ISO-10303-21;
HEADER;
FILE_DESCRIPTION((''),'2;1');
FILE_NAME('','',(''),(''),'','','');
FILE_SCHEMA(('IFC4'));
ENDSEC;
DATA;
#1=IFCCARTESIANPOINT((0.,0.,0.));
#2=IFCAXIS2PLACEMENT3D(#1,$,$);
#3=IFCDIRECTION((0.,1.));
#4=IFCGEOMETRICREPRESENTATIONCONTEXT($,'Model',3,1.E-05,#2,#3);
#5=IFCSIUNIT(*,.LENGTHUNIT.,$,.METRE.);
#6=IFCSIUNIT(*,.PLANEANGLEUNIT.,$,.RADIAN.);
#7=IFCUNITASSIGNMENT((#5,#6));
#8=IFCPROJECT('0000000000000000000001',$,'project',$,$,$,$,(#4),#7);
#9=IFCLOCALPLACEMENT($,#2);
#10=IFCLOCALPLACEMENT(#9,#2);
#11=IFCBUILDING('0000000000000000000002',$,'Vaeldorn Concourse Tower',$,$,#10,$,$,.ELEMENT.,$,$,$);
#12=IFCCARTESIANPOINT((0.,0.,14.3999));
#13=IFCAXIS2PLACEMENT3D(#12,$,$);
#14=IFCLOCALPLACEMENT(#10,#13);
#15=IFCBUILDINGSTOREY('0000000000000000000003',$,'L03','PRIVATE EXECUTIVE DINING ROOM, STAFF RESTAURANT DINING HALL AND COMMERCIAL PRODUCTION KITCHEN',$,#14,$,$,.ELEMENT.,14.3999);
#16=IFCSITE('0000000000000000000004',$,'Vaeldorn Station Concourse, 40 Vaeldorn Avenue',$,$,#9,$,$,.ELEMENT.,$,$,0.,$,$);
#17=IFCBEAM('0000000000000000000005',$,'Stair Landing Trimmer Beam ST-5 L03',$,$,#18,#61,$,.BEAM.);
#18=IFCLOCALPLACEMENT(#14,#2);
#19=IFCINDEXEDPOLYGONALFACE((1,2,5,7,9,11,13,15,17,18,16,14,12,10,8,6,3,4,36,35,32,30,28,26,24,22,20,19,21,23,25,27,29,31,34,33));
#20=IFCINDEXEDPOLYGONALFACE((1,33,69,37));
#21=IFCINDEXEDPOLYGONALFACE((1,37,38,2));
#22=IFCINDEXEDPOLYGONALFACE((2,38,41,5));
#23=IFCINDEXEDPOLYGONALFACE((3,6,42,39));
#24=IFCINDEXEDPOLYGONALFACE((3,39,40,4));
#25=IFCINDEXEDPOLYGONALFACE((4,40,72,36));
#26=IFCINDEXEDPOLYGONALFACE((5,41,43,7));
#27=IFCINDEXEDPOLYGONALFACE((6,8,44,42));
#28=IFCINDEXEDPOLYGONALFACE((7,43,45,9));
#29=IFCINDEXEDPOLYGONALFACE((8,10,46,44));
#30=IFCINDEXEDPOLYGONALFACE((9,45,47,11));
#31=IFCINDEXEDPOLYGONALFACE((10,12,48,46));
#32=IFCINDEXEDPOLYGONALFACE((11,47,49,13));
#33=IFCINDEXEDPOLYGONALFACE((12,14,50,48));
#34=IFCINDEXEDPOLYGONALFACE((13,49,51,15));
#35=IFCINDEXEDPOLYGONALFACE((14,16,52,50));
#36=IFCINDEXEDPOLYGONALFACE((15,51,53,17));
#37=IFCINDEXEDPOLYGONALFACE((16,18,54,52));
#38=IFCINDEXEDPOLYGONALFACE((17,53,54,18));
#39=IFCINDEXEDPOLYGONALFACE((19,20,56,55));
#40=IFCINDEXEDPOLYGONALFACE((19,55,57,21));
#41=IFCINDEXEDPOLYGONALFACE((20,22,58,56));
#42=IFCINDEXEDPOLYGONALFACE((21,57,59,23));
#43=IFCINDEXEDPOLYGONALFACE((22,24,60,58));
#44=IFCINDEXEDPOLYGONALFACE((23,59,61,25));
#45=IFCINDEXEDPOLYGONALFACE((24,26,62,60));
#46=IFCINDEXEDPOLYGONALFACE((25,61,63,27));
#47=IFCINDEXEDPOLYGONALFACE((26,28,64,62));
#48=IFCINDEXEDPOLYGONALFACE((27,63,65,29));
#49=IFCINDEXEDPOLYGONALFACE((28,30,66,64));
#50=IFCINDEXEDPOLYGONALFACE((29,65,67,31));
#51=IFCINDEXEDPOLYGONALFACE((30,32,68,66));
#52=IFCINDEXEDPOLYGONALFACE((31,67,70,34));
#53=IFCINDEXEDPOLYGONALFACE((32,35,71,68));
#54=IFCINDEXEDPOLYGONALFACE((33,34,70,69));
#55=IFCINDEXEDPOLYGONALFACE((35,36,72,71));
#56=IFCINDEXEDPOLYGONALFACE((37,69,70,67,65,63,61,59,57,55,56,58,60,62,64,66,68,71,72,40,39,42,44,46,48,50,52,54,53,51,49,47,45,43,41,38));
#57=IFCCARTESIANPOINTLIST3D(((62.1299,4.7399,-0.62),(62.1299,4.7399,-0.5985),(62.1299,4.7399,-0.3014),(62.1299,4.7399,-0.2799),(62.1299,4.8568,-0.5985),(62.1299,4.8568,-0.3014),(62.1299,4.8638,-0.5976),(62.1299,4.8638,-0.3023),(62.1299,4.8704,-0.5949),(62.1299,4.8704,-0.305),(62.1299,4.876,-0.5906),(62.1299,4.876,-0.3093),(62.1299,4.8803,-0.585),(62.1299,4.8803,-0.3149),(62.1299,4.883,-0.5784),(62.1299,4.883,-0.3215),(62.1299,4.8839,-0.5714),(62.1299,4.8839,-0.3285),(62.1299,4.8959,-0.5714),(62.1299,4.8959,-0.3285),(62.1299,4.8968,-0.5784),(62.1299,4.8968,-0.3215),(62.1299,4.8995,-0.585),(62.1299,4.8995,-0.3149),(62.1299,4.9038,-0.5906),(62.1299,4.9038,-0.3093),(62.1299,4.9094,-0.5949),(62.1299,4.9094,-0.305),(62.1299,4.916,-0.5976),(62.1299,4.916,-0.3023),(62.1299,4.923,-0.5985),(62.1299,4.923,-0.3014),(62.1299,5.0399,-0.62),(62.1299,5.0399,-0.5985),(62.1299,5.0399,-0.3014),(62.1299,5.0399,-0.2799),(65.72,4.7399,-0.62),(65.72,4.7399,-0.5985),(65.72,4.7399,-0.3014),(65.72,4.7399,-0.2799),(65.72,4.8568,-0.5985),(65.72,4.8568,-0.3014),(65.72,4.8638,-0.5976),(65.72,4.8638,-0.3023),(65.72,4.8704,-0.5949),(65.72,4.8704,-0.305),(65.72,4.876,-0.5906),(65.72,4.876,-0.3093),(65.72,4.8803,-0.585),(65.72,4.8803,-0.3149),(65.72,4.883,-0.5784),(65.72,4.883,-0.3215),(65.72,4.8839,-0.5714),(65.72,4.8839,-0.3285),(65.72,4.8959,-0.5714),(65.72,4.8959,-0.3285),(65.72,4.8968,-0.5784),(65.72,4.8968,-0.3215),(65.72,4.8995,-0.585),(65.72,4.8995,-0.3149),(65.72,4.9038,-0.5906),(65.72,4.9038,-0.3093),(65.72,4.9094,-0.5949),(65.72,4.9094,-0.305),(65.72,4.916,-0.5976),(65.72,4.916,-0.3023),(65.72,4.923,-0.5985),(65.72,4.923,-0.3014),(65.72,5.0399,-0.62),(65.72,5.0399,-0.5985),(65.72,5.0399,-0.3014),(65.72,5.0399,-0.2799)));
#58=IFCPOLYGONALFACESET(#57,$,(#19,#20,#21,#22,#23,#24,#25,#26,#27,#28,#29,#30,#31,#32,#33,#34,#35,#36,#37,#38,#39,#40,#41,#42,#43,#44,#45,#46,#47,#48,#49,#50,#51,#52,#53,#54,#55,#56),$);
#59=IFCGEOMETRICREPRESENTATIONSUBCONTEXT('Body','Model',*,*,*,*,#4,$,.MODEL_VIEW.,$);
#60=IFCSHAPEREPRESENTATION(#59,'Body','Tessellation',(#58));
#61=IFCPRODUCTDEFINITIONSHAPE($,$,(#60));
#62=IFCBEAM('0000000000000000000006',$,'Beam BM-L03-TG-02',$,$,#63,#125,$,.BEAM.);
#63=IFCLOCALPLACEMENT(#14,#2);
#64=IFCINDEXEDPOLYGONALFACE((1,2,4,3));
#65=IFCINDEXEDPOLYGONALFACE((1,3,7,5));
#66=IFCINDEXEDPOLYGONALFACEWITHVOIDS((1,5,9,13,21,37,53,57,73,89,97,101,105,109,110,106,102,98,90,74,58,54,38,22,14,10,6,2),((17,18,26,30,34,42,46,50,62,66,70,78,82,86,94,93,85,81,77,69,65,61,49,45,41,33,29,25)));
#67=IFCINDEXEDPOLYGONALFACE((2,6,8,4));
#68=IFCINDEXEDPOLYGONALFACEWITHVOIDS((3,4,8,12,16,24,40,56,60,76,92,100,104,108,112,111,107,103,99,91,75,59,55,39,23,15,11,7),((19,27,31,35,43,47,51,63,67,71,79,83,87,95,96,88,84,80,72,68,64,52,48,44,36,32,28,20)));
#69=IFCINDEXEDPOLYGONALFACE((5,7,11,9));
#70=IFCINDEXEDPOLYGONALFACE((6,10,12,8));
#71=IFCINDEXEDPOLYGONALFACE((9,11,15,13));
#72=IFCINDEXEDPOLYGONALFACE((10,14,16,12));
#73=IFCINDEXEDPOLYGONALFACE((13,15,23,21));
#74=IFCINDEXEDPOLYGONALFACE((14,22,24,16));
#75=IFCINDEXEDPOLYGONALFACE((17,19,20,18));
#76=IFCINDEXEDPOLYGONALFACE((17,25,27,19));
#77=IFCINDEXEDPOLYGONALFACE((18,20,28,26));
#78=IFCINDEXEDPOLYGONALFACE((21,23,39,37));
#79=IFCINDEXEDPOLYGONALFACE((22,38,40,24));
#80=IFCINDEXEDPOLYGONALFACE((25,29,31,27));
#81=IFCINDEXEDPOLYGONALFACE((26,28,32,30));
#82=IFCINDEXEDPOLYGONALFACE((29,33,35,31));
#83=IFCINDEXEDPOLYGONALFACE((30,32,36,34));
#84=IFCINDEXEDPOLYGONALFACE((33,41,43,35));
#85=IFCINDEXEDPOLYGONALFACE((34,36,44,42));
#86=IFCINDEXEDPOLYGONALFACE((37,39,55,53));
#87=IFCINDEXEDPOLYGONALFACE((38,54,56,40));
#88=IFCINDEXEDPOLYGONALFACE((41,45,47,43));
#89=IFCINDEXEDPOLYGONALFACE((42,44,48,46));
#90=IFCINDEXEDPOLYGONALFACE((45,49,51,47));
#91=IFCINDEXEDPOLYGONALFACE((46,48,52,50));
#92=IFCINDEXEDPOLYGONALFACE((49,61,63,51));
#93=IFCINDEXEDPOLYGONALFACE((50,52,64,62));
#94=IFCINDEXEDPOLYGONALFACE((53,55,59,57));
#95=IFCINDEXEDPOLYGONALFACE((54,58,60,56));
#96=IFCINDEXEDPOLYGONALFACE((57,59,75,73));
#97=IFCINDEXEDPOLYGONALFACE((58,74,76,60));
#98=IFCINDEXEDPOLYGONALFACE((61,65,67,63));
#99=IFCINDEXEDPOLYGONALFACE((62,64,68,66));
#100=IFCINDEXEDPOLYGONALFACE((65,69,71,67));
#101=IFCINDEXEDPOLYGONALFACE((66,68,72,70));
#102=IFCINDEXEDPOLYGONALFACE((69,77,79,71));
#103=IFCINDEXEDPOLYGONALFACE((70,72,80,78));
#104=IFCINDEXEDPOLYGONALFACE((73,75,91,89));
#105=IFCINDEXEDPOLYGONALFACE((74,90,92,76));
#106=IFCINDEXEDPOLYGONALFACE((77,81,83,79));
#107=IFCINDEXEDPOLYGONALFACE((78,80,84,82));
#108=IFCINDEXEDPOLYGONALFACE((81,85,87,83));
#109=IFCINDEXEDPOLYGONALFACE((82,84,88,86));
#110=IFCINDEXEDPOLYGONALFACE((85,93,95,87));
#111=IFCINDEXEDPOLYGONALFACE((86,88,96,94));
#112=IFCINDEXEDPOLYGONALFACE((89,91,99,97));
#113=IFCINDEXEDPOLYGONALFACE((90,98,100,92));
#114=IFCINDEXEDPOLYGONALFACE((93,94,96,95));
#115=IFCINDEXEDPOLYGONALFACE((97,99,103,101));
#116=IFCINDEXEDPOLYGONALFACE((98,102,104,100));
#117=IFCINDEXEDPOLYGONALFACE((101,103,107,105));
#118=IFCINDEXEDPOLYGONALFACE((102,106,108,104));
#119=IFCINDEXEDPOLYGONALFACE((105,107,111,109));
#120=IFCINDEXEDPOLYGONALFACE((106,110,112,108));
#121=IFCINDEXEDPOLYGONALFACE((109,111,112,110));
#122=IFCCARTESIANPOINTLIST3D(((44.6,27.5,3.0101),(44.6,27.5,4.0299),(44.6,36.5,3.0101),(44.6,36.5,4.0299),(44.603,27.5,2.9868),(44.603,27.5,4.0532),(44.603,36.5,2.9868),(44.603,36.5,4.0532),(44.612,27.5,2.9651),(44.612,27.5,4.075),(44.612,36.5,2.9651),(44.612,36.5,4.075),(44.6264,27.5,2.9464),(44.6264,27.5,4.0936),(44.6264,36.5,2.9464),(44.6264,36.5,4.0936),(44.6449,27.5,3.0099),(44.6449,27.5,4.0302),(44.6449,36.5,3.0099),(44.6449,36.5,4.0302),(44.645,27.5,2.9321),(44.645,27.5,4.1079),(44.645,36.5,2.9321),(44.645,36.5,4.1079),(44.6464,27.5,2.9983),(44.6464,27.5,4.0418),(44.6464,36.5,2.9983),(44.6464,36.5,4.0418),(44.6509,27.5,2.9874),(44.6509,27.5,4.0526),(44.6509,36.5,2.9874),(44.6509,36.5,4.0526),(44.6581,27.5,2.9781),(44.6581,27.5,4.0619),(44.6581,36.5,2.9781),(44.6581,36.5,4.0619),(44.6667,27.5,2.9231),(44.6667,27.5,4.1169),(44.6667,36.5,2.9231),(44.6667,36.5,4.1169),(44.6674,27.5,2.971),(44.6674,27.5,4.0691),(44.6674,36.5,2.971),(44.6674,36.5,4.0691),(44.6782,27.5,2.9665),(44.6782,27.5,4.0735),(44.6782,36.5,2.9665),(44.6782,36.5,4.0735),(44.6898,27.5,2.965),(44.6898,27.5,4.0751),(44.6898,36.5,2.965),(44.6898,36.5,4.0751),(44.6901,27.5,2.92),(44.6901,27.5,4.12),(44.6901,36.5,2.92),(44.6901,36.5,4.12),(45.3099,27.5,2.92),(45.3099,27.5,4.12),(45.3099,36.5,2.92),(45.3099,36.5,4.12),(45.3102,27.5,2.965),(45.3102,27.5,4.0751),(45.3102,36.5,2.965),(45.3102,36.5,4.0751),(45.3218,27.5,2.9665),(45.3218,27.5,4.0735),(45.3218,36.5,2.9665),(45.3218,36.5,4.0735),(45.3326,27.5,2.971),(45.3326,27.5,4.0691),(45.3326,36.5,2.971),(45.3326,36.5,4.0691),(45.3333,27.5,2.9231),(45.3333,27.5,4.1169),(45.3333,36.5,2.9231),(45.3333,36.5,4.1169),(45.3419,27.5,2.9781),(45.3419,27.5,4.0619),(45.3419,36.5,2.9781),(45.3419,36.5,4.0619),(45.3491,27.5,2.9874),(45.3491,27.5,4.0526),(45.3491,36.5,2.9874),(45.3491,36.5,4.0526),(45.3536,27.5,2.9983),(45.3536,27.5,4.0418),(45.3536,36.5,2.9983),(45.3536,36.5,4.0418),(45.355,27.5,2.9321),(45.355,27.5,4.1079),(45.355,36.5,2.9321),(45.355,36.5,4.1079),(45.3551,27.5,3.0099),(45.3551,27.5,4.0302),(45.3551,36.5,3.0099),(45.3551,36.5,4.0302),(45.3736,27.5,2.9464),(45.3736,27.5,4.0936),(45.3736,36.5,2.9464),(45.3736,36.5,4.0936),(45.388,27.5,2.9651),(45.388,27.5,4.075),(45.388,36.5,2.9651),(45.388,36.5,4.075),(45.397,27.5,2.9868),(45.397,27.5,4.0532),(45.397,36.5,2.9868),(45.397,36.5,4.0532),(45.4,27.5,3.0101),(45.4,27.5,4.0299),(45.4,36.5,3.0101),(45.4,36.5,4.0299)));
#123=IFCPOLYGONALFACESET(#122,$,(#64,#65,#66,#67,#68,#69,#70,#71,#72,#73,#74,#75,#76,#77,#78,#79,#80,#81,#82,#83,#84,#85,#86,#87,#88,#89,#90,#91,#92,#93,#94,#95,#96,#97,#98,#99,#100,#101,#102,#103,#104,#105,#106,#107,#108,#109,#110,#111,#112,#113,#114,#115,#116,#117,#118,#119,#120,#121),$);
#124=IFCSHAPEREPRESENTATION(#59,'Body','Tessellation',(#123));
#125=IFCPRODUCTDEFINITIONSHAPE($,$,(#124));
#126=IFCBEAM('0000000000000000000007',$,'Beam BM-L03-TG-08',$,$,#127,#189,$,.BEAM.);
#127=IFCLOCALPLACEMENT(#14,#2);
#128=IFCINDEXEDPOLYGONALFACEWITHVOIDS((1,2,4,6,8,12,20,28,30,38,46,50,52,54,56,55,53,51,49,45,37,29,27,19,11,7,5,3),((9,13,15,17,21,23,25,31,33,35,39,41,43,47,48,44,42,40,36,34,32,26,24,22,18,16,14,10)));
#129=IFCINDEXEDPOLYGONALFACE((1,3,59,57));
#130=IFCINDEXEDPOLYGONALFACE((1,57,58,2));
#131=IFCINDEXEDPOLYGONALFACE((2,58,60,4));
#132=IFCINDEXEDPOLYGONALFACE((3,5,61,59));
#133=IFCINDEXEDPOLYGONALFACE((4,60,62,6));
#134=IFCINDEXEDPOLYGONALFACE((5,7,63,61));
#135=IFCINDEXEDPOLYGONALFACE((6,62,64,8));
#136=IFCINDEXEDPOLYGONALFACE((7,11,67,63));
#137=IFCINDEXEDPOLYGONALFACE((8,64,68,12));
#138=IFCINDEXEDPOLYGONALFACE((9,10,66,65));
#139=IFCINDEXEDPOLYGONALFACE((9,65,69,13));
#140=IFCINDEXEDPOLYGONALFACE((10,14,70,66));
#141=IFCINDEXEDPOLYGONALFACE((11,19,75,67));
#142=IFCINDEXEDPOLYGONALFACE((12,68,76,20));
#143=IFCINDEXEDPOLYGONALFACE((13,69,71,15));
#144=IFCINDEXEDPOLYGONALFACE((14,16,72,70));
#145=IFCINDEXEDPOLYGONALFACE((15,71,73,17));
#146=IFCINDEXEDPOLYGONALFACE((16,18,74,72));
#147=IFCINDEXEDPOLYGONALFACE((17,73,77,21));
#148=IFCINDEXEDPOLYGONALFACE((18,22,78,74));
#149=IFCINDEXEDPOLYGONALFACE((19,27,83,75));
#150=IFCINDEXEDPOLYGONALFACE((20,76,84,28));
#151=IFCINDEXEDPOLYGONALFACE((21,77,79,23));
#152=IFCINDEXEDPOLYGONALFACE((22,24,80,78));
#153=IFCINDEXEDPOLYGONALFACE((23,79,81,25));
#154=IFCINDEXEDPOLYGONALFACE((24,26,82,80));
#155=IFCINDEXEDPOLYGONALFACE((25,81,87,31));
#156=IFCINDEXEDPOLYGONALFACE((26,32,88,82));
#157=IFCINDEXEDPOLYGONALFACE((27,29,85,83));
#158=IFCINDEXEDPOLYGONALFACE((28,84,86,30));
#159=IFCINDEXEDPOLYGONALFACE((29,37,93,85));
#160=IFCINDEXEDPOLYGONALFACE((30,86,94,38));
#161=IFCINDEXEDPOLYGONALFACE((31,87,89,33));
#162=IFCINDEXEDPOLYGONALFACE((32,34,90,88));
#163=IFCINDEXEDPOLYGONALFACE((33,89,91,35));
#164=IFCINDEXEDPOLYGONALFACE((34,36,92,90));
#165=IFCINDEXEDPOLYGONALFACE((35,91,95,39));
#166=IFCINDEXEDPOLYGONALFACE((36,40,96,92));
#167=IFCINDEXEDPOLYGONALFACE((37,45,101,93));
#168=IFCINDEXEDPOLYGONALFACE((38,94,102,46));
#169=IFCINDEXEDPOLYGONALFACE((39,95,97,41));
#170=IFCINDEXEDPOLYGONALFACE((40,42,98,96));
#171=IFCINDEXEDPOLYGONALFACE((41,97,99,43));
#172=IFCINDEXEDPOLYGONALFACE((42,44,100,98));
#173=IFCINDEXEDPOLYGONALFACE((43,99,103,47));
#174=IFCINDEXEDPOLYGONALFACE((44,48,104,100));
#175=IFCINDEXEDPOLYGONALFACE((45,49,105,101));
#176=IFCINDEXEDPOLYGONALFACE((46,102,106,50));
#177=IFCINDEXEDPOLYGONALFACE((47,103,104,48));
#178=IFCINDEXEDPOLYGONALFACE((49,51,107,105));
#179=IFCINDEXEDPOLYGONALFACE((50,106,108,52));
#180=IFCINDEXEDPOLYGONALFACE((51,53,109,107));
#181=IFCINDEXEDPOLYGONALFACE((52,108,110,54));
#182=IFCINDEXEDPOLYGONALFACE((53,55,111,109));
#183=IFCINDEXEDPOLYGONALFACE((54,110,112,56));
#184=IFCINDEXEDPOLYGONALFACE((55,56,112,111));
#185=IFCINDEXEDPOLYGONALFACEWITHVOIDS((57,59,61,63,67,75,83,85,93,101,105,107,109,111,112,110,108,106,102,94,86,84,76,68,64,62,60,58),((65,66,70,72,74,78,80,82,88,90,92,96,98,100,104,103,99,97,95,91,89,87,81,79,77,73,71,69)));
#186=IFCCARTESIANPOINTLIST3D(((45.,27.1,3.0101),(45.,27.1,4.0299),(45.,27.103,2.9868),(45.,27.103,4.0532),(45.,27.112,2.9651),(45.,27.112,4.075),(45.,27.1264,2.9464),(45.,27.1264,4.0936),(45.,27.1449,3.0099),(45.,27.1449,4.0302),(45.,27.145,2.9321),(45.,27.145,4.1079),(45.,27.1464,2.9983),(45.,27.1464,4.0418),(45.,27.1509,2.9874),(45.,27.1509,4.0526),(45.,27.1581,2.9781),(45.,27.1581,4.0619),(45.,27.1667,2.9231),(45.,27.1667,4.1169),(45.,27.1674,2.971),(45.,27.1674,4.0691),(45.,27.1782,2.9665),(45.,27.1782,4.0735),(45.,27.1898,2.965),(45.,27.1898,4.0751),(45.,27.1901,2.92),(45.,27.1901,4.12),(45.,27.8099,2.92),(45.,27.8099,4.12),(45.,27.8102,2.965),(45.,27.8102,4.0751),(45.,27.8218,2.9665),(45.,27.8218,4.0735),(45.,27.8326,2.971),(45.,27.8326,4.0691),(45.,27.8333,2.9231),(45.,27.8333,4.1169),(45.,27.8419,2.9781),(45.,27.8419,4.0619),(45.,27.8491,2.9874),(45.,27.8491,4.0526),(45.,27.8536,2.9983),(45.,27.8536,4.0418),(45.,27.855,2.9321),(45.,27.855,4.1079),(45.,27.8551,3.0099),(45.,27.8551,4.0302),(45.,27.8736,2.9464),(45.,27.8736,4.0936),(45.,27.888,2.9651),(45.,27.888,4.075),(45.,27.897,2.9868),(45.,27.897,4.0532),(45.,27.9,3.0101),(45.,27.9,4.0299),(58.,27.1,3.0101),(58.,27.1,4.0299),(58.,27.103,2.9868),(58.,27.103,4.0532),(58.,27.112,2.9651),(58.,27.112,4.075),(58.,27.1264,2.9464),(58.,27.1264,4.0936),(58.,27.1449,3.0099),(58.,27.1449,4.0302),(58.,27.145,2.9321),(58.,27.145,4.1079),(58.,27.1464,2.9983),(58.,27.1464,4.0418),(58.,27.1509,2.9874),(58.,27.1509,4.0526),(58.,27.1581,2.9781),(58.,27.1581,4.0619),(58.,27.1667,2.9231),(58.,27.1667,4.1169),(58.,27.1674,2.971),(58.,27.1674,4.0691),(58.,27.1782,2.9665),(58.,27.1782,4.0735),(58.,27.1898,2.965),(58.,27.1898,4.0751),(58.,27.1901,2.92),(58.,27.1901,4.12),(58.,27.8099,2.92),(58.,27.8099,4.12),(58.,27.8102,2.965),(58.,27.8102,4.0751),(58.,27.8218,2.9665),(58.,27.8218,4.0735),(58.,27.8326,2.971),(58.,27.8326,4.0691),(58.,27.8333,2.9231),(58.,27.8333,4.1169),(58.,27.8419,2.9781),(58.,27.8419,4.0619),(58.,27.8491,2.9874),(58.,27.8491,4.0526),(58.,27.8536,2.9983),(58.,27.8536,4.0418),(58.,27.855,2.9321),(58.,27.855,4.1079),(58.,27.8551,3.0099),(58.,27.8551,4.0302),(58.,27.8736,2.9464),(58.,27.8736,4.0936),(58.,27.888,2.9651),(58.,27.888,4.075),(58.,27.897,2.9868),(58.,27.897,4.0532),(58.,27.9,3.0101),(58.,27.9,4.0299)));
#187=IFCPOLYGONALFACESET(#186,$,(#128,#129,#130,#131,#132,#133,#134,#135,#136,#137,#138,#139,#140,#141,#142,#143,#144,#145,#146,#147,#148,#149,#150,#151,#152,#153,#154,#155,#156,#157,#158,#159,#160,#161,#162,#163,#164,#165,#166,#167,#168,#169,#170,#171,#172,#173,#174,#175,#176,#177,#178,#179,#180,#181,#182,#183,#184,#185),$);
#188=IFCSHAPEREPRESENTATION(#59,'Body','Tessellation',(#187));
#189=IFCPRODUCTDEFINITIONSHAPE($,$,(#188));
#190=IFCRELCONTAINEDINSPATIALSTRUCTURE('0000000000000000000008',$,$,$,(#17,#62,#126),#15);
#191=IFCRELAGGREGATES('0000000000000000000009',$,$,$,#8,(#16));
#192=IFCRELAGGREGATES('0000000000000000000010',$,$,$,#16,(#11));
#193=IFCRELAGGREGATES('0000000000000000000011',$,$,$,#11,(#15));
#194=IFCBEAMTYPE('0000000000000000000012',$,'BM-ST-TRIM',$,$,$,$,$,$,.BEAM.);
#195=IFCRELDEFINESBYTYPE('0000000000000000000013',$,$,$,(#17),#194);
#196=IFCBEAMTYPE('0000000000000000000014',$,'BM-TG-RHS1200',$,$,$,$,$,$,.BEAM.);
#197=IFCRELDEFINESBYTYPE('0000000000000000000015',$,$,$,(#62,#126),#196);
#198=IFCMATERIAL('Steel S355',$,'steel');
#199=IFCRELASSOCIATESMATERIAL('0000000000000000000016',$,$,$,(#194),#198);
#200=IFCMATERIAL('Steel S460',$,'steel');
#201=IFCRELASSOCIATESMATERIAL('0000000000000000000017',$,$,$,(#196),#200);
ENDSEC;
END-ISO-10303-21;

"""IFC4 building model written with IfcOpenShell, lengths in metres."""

from ifc_helpers import new_model, si_unit, direction, frame, origin, origin_2d, place, context, subcontext, project, spatial, hollow_rectangle, i_section, extrude, source, transform, mapped, material, material_profile, profile_set, type_object, element, save


model = new_model("IFC4")

# Units and contexts
model_context = context("Model", 3, precision=1e-05, world=origin(), true_north=direction((0.0, 1.0)))
body_context = subcontext(model_context, "Body", "Model", "MODEL_VIEW")
ifc_project = project(units=[si_unit("LENGTHUNIT", "METRE"), si_unit("PLANEANGLEUNIT", "RADIAN")], contexts=[model_context])

# Site, building, storey
site_placement = place(None, origin())
site = spatial("IfcSite", under=ifc_project, at=site_placement, Name="Vaeldorn Station Concourse, 40 Vaeldorn Avenue", CompositionType="ELEMENT", RefElevation=0.0)
building_placement = place(site_placement, origin())
building = spatial("IfcBuilding", under=site, at=building_placement, Name="Vaeldorn Concourse Tower", CompositionType="ELEMENT")
storey_placement = place(building_placement, frame((0.0, 0.0, 14.3999)))
storey = spatial("IfcBuildingStorey", under=building, at=storey_placement, Name="L03", Description="PRIVATE EXECUTIVE DINING ROOM, STAFF RESTAURANT DINING HALL AND COMMERCIAL PRODUCTION KITCHEN", CompositionType="ELEMENT", Elevation=14.3999)

# Shared definitions
ifc_material_1 = material(Name="Steel S460", Category="steel")

# Beams
ifc_material_2 = material(Name="Steel S355", Category="steel")
ifc_material_profile_1 = material_profile(ifc_material_2, i_section(OverallWidth=0.3, OverallDepth=0.3401, WebThickness=0.012, FlangeThickness=0.0215, FilletRadius=0.0271, at=origin_2d()), Name="HEB 340")
ifc_profile_set_1 = profile_set([ifc_material_profile_1], Name="Steel S355")
beam_type_1 = type_object("IfcBeamType", Name="BM-ST-TRIM", PredefinedType="BEAM", material=ifc_profile_set_1)
shared_shape_1 = source(origin(), body_context, "Body", "SweptSolid", [
    extrude(i_section(OverallWidth=0.3, OverallDepth=0.3401, WebThickness=0.012, FlangeThickness=0.0215, FilletRadius=0.0271, at=origin_2d()), origin(), (0.0, 0.0, 1.0), 3.5901),
])
beam_1_placement = place(storey_placement, frame((62.1299, 4.8899, -0.45), z_axis=(1.0, 0.0, 0.0), x_axis=(0.0, 1.0, 0.0)))
element("IfcBeam", 1, at=beam_1_placement, inside=storey, type_object=beam_type_1, Name="Stair Landing Trimmer Beam ST-5 L03", PredefinedType="BEAM", context=body_context, shape_type="MappedRepresentation", body=[
    mapped(shared_shape_1, transform((0.0, 0.0, 0.0), scale=1.0)),
])
ifc_material_profile_2 = material_profile(ifc_material_1, hollow_rectangle(XDim=0.8, YDim=1.2, WallThickness=0.0449, InnerFilletRadius=0.0449, OuterFilletRadius=0.0901, at=origin_2d()), Name="RHS 1200x800x45")
ifc_profile_set_2 = profile_set([ifc_material_profile_2], Name="Steel S460")
beam_type_2 = type_object("IfcBeamType", Name="BM-TG-RHS1200", PredefinedType="BEAM", material=ifc_profile_set_2)
shared_shape_2 = source(origin(), body_context, "Body", "SweptSolid", [
    extrude(hollow_rectangle(XDim=0.8, YDim=1.2, WallThickness=0.0449, InnerFilletRadius=0.0449, OuterFilletRadius=0.0901, at=origin_2d()), origin(), (0.0, 0.0, 1.0), 9.0),
])
beam_2_placement = place(storey_placement, frame((45.0, 27.5, 3.52), z_axis=(0.0, 1.0, 0.0), x_axis=(-1.0, 0.0, 0.0)))
element("IfcBeam", 2, at=beam_2_placement, inside=storey, type_object=beam_type_2, Name="Beam BM-L03-TG-02", PredefinedType="BEAM", context=body_context, shape_type="MappedRepresentation", body=[
    mapped(shared_shape_2, transform((0.0, 0.0, 0.0), scale=1.0)),
])
shared_shape_3 = source(origin(), body_context, "Body", "SweptSolid", [
    extrude(hollow_rectangle(XDim=0.8, YDim=1.2, WallThickness=0.0449, InnerFilletRadius=0.0449, OuterFilletRadius=0.0901, at=origin_2d()), origin(), (0.0, 0.0, 1.0), 13.0),
])
beam_3_placement = place(storey_placement, frame((45.0, 27.5, 3.52), z_axis=(1.0, 0.0, 0.0), x_axis=(0.0, 1.0, 0.0)))
element("IfcBeam", 3, at=beam_3_placement, inside=storey, type_object=beam_type_2, Name="Beam BM-L03-TG-08", PredefinedType="BEAM", context=body_context, shape_type="MappedRepresentation", body=[
    mapped(shared_shape_3, transform((0.0, 0.0, 0.0), scale=1.0)),
])

save(model, "model.ifc")
